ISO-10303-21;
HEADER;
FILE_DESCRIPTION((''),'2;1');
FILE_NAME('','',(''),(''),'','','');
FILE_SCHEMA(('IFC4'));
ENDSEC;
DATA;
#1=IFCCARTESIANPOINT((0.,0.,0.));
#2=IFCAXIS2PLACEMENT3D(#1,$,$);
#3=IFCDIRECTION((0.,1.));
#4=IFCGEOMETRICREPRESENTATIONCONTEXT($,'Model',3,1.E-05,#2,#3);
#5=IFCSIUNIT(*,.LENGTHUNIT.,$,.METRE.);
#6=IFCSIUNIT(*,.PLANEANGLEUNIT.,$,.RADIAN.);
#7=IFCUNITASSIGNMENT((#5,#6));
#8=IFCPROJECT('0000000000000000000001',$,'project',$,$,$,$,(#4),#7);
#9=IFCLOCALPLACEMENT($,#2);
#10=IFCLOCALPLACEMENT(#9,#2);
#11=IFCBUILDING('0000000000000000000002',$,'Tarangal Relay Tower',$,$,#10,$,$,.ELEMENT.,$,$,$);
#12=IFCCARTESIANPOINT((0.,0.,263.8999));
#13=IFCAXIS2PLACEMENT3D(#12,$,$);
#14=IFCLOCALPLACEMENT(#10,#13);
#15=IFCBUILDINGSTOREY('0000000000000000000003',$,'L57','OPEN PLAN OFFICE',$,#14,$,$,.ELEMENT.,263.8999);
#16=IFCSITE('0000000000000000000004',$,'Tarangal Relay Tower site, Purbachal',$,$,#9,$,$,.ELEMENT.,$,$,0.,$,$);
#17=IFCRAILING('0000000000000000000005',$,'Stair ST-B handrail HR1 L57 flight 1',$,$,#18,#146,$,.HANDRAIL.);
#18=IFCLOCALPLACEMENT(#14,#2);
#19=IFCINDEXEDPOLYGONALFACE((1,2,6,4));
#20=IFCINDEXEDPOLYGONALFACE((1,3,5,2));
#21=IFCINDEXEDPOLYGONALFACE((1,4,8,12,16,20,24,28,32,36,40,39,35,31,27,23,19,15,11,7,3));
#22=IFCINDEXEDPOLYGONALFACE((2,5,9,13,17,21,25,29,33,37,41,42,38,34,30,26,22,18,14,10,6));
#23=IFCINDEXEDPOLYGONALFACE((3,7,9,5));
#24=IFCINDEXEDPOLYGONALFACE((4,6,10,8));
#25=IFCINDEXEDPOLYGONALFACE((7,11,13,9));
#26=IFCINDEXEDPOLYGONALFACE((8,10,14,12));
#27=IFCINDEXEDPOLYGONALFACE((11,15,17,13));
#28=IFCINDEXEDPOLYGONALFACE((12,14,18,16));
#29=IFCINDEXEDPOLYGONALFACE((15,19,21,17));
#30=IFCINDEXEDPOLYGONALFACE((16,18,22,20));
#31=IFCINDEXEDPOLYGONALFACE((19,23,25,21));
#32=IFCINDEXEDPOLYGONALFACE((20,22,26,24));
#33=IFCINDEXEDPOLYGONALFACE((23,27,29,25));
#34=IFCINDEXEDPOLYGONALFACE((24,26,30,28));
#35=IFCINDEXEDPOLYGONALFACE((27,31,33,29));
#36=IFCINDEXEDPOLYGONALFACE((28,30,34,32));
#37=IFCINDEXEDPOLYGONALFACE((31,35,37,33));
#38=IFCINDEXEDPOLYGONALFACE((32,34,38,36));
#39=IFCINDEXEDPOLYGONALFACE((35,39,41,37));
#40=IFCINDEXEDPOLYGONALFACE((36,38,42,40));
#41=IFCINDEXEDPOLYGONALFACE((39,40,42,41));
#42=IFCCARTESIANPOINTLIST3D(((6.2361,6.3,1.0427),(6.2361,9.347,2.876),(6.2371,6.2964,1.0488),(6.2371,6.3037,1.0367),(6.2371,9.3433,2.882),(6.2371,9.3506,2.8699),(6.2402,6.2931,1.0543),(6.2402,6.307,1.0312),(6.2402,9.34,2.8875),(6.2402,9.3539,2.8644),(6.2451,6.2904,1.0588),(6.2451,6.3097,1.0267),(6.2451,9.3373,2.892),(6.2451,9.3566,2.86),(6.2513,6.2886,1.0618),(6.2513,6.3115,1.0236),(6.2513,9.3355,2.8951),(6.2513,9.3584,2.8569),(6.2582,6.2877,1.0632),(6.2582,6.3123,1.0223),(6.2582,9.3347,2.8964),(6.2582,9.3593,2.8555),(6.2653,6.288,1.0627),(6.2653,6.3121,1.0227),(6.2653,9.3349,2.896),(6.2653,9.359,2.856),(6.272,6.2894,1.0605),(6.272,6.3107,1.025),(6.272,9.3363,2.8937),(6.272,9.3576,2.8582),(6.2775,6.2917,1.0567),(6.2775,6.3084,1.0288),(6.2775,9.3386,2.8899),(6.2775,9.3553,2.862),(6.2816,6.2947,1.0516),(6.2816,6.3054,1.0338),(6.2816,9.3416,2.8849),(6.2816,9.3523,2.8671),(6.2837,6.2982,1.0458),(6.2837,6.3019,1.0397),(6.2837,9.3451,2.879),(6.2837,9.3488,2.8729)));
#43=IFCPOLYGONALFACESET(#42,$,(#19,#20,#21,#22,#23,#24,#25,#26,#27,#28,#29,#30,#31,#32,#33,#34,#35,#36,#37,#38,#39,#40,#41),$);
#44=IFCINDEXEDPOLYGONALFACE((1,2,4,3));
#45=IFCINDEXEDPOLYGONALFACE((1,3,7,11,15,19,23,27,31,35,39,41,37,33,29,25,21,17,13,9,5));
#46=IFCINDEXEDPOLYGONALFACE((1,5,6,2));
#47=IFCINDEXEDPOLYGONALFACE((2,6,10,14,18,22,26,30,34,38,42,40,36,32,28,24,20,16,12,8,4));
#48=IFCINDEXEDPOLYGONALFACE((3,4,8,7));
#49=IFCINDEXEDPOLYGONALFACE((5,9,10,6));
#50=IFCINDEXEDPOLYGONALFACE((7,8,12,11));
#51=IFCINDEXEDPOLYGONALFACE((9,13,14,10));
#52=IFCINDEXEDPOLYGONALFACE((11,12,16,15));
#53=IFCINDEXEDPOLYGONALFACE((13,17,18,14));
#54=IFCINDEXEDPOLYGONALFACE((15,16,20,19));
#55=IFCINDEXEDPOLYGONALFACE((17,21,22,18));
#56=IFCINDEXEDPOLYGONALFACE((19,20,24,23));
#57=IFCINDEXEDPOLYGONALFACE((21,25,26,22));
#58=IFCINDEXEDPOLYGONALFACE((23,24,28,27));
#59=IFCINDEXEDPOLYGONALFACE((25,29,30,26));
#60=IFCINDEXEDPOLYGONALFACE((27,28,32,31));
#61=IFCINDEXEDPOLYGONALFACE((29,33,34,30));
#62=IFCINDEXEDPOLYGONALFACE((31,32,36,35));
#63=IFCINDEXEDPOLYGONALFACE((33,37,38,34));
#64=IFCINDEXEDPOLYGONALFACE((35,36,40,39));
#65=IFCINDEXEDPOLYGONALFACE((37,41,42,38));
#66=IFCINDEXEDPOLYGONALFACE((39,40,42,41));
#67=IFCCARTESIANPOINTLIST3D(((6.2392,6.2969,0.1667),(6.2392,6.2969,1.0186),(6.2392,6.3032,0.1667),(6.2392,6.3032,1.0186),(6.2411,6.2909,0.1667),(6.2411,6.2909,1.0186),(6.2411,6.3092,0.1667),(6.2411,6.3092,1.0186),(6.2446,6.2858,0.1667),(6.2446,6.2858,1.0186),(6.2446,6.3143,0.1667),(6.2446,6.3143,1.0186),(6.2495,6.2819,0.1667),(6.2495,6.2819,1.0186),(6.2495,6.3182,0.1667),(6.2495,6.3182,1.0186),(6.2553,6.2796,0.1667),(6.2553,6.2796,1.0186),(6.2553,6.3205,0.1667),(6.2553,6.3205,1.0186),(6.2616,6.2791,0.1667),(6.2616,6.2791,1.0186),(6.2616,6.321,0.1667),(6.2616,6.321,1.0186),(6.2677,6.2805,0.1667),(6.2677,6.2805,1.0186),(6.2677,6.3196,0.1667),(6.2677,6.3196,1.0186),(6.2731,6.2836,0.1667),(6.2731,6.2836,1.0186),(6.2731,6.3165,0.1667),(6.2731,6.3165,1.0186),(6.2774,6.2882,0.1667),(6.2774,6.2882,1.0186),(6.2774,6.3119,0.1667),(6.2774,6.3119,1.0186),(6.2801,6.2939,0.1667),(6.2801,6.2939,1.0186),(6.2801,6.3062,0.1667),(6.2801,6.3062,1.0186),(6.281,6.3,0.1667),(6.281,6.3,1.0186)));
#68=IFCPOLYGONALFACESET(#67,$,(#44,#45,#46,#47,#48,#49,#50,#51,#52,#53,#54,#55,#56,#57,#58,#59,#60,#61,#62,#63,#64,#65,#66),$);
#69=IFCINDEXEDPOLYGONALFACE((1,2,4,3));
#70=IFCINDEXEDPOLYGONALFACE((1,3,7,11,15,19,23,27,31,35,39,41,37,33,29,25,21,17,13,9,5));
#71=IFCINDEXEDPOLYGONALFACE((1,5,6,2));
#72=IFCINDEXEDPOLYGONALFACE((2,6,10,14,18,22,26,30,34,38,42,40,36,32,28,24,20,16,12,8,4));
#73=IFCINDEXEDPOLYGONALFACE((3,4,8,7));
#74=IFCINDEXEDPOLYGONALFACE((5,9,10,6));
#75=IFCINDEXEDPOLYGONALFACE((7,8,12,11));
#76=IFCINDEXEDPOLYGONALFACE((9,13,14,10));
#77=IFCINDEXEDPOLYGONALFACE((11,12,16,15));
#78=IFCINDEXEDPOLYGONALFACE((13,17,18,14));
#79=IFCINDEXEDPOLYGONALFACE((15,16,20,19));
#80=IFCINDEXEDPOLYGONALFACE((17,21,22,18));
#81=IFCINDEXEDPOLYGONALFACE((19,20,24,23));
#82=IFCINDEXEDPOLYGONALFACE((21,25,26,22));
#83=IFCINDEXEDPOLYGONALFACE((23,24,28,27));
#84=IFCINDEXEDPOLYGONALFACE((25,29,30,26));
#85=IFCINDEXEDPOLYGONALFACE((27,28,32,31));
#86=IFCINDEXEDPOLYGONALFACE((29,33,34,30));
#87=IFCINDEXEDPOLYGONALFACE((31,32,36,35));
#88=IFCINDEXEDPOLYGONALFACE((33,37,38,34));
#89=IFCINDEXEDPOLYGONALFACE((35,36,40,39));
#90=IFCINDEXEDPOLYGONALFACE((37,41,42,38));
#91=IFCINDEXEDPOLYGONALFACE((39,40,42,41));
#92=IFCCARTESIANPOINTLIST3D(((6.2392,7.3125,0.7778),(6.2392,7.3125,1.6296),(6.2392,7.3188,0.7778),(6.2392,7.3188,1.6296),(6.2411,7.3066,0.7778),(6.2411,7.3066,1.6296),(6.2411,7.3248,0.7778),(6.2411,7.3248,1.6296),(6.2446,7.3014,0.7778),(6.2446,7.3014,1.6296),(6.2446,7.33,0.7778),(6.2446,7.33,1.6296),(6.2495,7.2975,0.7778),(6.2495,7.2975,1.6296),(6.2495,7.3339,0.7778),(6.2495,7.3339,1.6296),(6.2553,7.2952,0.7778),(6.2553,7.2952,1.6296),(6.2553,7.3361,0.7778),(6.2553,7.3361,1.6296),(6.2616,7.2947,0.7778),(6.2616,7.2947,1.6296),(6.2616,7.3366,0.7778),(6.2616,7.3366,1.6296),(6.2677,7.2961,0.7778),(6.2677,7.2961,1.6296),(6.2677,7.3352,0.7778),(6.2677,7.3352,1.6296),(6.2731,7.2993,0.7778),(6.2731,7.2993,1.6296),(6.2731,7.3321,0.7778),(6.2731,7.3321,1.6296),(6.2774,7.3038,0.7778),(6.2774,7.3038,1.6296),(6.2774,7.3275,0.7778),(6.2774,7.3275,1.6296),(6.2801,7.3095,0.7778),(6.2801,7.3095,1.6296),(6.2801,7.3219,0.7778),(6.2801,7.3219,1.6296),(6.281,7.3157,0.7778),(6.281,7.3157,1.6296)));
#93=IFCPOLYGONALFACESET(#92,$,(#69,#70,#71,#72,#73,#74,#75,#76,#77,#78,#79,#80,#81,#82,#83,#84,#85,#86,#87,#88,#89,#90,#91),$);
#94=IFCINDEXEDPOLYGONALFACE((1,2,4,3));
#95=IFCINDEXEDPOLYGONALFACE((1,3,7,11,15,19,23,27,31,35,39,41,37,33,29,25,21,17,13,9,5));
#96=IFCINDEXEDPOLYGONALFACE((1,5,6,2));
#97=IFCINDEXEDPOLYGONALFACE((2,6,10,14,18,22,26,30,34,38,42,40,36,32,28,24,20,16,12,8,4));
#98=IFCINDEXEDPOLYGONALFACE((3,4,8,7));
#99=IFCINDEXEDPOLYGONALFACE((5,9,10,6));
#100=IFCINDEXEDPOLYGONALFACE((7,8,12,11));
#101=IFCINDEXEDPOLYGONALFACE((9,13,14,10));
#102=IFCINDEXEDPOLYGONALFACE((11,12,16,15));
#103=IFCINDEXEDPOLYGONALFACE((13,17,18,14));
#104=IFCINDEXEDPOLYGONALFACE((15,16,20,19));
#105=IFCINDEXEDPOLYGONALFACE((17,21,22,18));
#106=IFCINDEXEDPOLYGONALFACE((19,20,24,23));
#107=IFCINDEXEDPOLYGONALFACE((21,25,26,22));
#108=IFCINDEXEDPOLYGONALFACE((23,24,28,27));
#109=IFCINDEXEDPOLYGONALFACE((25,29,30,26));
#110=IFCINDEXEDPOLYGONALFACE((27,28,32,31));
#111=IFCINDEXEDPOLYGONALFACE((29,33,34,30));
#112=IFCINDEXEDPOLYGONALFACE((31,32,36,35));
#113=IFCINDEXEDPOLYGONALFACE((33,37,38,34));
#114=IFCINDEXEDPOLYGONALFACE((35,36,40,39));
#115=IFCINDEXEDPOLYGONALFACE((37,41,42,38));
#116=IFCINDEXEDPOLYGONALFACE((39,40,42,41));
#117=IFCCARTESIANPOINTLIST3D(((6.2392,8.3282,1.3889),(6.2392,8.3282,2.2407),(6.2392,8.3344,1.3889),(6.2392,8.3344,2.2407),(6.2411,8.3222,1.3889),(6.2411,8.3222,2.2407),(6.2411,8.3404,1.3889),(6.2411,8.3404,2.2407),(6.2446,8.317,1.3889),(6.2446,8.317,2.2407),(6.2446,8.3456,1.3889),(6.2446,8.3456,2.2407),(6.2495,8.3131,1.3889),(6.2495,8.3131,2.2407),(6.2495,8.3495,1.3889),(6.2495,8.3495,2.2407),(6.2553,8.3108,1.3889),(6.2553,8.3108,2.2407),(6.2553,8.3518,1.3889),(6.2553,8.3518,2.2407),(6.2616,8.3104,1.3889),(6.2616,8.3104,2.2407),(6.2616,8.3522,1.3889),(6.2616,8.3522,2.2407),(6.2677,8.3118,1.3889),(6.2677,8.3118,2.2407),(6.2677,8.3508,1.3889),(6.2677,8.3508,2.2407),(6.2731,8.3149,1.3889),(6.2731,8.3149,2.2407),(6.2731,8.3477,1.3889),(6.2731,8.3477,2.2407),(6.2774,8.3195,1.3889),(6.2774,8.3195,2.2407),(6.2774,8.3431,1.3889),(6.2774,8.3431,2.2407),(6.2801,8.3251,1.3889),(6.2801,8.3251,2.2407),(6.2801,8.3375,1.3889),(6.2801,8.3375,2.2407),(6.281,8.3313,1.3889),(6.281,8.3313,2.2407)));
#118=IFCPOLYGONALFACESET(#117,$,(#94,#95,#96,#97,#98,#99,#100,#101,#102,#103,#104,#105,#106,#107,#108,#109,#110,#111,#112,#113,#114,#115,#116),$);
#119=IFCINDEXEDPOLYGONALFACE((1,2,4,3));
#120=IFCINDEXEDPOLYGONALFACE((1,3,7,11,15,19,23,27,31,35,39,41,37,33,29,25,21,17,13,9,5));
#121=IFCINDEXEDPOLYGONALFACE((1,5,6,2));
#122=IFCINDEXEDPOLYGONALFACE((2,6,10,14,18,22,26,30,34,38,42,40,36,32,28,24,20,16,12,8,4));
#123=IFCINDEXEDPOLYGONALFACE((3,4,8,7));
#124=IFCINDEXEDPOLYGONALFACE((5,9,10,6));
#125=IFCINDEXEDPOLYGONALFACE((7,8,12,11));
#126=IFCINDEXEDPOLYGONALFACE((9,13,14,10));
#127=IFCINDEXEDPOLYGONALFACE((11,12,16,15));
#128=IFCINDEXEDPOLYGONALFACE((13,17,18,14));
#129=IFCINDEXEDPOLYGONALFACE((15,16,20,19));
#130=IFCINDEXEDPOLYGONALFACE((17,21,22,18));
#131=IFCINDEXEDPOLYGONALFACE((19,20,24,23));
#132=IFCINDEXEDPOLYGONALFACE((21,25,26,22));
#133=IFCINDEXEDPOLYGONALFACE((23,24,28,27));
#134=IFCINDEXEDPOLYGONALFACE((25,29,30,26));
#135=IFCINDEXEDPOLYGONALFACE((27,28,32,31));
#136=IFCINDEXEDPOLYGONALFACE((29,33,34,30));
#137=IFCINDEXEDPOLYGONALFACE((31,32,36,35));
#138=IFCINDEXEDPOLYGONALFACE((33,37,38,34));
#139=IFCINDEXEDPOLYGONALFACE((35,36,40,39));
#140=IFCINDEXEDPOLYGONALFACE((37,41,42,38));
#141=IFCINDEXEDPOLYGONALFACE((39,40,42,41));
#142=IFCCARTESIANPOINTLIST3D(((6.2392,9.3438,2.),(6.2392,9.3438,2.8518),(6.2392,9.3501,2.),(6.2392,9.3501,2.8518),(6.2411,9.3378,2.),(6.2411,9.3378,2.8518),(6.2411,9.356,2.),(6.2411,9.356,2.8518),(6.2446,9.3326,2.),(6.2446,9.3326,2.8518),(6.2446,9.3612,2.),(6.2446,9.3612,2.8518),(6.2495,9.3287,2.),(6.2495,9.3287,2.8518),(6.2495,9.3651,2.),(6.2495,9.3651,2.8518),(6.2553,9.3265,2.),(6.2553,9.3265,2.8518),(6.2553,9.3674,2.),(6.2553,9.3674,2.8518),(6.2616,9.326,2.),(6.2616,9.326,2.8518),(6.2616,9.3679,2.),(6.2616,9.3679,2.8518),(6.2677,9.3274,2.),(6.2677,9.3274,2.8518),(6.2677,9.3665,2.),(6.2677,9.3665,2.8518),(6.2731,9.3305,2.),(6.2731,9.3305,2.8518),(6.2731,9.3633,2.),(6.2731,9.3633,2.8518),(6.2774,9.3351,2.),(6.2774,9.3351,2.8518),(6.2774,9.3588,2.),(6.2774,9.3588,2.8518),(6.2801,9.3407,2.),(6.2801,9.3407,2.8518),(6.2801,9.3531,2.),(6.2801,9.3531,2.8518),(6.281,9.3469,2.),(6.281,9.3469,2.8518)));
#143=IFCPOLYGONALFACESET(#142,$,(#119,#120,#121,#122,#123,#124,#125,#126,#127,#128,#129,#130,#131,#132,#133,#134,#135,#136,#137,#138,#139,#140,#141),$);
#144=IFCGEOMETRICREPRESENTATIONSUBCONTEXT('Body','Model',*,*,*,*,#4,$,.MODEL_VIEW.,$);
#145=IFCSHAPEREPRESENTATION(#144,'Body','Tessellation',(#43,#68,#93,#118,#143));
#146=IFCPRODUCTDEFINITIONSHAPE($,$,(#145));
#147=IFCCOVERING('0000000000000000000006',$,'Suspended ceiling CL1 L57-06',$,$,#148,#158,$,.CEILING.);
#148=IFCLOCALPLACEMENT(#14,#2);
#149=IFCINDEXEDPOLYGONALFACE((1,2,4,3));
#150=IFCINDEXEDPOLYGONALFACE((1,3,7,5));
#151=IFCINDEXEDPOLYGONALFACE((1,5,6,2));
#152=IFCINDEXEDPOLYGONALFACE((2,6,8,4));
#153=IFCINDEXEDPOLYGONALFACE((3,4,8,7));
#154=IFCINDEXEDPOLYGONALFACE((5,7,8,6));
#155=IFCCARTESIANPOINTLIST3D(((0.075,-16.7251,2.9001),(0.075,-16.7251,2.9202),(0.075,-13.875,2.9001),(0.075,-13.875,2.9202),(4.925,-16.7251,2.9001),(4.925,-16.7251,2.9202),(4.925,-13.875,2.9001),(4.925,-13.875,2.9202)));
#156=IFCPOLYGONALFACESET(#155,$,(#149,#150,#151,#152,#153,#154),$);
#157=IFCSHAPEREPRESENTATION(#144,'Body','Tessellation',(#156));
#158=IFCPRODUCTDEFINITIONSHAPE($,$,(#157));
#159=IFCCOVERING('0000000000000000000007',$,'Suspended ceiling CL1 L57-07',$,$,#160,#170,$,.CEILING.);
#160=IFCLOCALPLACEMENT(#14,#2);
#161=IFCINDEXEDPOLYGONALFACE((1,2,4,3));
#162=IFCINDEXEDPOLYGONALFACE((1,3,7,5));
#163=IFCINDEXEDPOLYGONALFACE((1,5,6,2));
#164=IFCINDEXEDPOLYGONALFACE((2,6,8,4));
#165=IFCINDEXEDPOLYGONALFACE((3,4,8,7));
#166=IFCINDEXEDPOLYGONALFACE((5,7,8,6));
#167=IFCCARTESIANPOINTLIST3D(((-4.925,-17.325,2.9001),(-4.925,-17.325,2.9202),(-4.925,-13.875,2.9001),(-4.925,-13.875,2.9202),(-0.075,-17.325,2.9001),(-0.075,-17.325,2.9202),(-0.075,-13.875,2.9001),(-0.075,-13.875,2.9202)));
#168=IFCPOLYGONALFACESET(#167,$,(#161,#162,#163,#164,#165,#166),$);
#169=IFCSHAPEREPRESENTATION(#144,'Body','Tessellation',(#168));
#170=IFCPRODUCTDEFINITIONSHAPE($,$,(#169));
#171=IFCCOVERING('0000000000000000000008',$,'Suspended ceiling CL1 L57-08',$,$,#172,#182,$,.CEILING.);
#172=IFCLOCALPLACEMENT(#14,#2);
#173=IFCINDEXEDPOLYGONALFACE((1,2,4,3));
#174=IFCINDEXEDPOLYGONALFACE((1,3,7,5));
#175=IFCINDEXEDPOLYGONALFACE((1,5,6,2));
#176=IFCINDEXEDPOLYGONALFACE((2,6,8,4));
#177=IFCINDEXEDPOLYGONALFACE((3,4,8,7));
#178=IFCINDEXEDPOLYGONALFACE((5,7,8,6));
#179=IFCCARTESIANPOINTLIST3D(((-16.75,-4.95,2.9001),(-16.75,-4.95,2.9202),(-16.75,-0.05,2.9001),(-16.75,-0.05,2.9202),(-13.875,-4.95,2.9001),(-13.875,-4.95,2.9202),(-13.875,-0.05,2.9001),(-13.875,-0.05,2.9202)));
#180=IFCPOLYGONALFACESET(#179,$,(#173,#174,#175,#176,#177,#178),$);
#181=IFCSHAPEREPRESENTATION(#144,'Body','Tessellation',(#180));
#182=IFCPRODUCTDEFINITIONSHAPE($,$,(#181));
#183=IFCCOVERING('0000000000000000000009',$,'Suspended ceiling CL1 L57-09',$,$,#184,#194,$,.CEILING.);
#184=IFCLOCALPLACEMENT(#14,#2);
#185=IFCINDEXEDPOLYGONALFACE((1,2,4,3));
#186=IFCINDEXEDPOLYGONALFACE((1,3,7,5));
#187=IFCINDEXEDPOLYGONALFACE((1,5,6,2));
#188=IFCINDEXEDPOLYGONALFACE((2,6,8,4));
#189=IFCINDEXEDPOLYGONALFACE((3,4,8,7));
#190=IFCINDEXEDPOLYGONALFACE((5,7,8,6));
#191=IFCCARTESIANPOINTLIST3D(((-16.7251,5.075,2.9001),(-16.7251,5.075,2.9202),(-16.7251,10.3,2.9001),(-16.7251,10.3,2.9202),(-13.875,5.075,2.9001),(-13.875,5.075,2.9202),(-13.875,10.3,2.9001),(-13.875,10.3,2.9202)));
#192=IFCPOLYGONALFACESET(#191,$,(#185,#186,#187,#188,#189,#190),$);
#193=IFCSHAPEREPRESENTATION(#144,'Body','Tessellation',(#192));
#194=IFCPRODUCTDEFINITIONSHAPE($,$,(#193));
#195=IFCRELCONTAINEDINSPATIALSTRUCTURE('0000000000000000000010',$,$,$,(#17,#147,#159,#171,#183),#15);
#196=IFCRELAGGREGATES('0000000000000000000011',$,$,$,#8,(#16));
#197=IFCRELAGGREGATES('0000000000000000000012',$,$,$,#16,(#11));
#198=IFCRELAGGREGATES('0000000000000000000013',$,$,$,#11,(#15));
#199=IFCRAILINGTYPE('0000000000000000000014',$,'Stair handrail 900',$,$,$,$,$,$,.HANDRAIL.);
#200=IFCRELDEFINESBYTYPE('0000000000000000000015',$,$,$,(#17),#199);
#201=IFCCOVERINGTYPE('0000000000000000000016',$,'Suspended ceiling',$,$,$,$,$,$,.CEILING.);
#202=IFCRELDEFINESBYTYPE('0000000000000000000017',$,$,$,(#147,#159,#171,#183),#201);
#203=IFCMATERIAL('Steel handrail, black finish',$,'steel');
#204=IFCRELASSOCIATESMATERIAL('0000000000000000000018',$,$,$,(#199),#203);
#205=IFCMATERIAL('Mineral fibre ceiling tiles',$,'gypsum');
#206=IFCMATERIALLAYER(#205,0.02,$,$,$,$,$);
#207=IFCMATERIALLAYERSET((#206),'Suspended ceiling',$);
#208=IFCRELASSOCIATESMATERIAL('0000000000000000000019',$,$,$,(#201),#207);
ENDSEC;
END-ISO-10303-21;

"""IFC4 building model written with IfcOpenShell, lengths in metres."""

from ifc_helpers import new_model, si_unit, direction, frame, origin, origin_2d, place, context, subcontext, project, spatial, polyline, circle, outline, extrude, material, layer, layer_set, type_object, element, save


model = new_model("IFC4")

# Units and contexts
model_context = context("Model", 3, precision=1e-05, world=origin(), true_north=direction((0.0, 1.0)))
body_context = subcontext(model_context, "Body", "Model", "MODEL_VIEW")
ifc_project = project(units=[si_unit("LENGTHUNIT", "METRE"), si_unit("PLANEANGLEUNIT", "RADIAN")], contexts=[model_context])

# Site, building, storey
site_placement = place(None, origin())
site = spatial("IfcSite", under=ifc_project, at=site_placement, Name="Tarangal Relay Tower site, Purbachal", CompositionType="ELEMENT", RefElevation=0.0)
building_placement = place(site_placement, origin())
building = spatial("IfcBuilding", under=site, at=building_placement, Name="Tarangal Relay Tower", CompositionType="ELEMENT")
storey_placement = place(building_placement, frame((0.0, 0.0, 263.8999)))
storey = spatial("IfcBuildingStorey", under=building, at=storey_placement, Name="L57", Description="OPEN PLAN OFFICE", CompositionType="ELEMENT", Elevation=263.8999)

# Railing
ifc_material_1 = material(Name="Steel handrail, black finish", Category="steel")
railing_type_1 = type_object("IfcRailingType", Name="Stair handrail 900", PredefinedType="HANDRAIL", material=ifc_material_1)
railing_1_placement = place(storey_placement, frame((6.26, 6.3, 0.1667)))
element("IfcRailing", 1, at=railing_1_placement, inside=storey, type_object=railing_type_1, Name="Stair ST-B handrail HR1 L57 flight 1", PredefinedType="HANDRAIL", context=body_context, shape_type="SweptSolid", body=[
    extrude(circle(Radius=0.0239, at=origin_2d()), frame((0.0, 0.0, 0.876), z_axis=(0.0, 0.856856, 0.515556), x_axis=(-1.0, 0.0, 0.0)), (0.0, 0.0, 1.0), 3.5559),
    extrude(circle(Radius=0.021, at=origin_2d()), origin(), (0.0, 0.0, 1.0), 0.8518),
    extrude(circle(Radius=0.021, at=origin_2d()), frame((0.0, 1.0156, 0.6111)), (0.0, 0.0, 1.0), 0.8518),
    extrude(circle(Radius=0.021, at=origin_2d()), frame((0.0, 2.0312, 1.2222)), (0.0, 0.0, 1.0), 0.8518),
    extrude(circle(Radius=0.021, at=origin_2d()), frame((0.0, 3.0469, 1.8333)), (0.0, 0.0, 1.0), 0.8518),
])

# Coverings
ifc_material_2 = material(Name="Mineral fibre ceiling tiles", Category="gypsum")
ifc_layer_1 = layer(ifc_material_2, 0.02)
ifc_layer_set_1 = layer_set([ifc_layer_1], Name="Suspended ceiling")
covering_type = type_object("IfcCoveringType", Name="Suspended ceiling", PredefinedType="CEILING", material=ifc_layer_set_1)
covering_1_placement = place(storey_placement, frame((0.0, 0.0, 2.9001)))
element("IfcCovering", 2, at=covering_1_placement, inside=storey, type_object=covering_type, Name="Suspended ceiling CL1 L57-06", PredefinedType="CEILING", context=body_context, shape_type="SweptSolid", body=[
    extrude(outline(polyline([(4.925, -13.875), (0.075, -13.875), (0.075, -16.7251), (4.925, -16.7251), (4.925, -13.875)])), origin(), (0.0, 0.0, 1.0), 0.02),
])
covering_2_placement = place(storey_placement, frame((0.0, 0.0, 2.9001)))
element("IfcCovering", 3, at=covering_2_placement, inside=storey, type_object=covering_type, Name="Suspended ceiling CL1 L57-07", PredefinedType="CEILING", context=body_context, shape_type="SweptSolid", body=[
    extrude(outline(polyline([(-4.925, -17.325), (-0.075, -17.325), (-0.075, -13.875), (-4.925, -13.875), (-4.925, -17.325)])), origin(), (0.0, 0.0, 1.0), 0.02),
])
covering_3_placement = place(storey_placement, frame((0.0, 0.0, 2.9001)))
element("IfcCovering", 4, at=covering_3_placement, inside=storey, type_object=covering_type, Name="Suspended ceiling CL1 L57-08", PredefinedType="CEILING", context=body_context, shape_type="SweptSolid", body=[
    extrude(outline(polyline([(-16.75, -0.05), (-16.75, -4.95), (-13.875, -4.95), (-13.875, -0.05), (-16.75, -0.05)])), origin(), (0.0, 0.0, 1.0), 0.02),
])
covering_4_placement = place(storey_placement, frame((0.0, 0.0, 2.9001)))
element("IfcCovering", 5, at=covering_4_placement, inside=storey, type_object=covering_type, Name="Suspended ceiling CL1 L57-09", PredefinedType="CEILING", context=body_context, shape_type="SweptSolid", body=[
    extrude(outline(polyline([(-13.875, 10.3), (-16.7251, 10.3), (-16.7251, 5.075), (-13.875, 5.075), (-13.875, 10.3)])), origin(), (0.0, 0.0, 1.0), 0.02),
])

save(model, "model.ifc")
